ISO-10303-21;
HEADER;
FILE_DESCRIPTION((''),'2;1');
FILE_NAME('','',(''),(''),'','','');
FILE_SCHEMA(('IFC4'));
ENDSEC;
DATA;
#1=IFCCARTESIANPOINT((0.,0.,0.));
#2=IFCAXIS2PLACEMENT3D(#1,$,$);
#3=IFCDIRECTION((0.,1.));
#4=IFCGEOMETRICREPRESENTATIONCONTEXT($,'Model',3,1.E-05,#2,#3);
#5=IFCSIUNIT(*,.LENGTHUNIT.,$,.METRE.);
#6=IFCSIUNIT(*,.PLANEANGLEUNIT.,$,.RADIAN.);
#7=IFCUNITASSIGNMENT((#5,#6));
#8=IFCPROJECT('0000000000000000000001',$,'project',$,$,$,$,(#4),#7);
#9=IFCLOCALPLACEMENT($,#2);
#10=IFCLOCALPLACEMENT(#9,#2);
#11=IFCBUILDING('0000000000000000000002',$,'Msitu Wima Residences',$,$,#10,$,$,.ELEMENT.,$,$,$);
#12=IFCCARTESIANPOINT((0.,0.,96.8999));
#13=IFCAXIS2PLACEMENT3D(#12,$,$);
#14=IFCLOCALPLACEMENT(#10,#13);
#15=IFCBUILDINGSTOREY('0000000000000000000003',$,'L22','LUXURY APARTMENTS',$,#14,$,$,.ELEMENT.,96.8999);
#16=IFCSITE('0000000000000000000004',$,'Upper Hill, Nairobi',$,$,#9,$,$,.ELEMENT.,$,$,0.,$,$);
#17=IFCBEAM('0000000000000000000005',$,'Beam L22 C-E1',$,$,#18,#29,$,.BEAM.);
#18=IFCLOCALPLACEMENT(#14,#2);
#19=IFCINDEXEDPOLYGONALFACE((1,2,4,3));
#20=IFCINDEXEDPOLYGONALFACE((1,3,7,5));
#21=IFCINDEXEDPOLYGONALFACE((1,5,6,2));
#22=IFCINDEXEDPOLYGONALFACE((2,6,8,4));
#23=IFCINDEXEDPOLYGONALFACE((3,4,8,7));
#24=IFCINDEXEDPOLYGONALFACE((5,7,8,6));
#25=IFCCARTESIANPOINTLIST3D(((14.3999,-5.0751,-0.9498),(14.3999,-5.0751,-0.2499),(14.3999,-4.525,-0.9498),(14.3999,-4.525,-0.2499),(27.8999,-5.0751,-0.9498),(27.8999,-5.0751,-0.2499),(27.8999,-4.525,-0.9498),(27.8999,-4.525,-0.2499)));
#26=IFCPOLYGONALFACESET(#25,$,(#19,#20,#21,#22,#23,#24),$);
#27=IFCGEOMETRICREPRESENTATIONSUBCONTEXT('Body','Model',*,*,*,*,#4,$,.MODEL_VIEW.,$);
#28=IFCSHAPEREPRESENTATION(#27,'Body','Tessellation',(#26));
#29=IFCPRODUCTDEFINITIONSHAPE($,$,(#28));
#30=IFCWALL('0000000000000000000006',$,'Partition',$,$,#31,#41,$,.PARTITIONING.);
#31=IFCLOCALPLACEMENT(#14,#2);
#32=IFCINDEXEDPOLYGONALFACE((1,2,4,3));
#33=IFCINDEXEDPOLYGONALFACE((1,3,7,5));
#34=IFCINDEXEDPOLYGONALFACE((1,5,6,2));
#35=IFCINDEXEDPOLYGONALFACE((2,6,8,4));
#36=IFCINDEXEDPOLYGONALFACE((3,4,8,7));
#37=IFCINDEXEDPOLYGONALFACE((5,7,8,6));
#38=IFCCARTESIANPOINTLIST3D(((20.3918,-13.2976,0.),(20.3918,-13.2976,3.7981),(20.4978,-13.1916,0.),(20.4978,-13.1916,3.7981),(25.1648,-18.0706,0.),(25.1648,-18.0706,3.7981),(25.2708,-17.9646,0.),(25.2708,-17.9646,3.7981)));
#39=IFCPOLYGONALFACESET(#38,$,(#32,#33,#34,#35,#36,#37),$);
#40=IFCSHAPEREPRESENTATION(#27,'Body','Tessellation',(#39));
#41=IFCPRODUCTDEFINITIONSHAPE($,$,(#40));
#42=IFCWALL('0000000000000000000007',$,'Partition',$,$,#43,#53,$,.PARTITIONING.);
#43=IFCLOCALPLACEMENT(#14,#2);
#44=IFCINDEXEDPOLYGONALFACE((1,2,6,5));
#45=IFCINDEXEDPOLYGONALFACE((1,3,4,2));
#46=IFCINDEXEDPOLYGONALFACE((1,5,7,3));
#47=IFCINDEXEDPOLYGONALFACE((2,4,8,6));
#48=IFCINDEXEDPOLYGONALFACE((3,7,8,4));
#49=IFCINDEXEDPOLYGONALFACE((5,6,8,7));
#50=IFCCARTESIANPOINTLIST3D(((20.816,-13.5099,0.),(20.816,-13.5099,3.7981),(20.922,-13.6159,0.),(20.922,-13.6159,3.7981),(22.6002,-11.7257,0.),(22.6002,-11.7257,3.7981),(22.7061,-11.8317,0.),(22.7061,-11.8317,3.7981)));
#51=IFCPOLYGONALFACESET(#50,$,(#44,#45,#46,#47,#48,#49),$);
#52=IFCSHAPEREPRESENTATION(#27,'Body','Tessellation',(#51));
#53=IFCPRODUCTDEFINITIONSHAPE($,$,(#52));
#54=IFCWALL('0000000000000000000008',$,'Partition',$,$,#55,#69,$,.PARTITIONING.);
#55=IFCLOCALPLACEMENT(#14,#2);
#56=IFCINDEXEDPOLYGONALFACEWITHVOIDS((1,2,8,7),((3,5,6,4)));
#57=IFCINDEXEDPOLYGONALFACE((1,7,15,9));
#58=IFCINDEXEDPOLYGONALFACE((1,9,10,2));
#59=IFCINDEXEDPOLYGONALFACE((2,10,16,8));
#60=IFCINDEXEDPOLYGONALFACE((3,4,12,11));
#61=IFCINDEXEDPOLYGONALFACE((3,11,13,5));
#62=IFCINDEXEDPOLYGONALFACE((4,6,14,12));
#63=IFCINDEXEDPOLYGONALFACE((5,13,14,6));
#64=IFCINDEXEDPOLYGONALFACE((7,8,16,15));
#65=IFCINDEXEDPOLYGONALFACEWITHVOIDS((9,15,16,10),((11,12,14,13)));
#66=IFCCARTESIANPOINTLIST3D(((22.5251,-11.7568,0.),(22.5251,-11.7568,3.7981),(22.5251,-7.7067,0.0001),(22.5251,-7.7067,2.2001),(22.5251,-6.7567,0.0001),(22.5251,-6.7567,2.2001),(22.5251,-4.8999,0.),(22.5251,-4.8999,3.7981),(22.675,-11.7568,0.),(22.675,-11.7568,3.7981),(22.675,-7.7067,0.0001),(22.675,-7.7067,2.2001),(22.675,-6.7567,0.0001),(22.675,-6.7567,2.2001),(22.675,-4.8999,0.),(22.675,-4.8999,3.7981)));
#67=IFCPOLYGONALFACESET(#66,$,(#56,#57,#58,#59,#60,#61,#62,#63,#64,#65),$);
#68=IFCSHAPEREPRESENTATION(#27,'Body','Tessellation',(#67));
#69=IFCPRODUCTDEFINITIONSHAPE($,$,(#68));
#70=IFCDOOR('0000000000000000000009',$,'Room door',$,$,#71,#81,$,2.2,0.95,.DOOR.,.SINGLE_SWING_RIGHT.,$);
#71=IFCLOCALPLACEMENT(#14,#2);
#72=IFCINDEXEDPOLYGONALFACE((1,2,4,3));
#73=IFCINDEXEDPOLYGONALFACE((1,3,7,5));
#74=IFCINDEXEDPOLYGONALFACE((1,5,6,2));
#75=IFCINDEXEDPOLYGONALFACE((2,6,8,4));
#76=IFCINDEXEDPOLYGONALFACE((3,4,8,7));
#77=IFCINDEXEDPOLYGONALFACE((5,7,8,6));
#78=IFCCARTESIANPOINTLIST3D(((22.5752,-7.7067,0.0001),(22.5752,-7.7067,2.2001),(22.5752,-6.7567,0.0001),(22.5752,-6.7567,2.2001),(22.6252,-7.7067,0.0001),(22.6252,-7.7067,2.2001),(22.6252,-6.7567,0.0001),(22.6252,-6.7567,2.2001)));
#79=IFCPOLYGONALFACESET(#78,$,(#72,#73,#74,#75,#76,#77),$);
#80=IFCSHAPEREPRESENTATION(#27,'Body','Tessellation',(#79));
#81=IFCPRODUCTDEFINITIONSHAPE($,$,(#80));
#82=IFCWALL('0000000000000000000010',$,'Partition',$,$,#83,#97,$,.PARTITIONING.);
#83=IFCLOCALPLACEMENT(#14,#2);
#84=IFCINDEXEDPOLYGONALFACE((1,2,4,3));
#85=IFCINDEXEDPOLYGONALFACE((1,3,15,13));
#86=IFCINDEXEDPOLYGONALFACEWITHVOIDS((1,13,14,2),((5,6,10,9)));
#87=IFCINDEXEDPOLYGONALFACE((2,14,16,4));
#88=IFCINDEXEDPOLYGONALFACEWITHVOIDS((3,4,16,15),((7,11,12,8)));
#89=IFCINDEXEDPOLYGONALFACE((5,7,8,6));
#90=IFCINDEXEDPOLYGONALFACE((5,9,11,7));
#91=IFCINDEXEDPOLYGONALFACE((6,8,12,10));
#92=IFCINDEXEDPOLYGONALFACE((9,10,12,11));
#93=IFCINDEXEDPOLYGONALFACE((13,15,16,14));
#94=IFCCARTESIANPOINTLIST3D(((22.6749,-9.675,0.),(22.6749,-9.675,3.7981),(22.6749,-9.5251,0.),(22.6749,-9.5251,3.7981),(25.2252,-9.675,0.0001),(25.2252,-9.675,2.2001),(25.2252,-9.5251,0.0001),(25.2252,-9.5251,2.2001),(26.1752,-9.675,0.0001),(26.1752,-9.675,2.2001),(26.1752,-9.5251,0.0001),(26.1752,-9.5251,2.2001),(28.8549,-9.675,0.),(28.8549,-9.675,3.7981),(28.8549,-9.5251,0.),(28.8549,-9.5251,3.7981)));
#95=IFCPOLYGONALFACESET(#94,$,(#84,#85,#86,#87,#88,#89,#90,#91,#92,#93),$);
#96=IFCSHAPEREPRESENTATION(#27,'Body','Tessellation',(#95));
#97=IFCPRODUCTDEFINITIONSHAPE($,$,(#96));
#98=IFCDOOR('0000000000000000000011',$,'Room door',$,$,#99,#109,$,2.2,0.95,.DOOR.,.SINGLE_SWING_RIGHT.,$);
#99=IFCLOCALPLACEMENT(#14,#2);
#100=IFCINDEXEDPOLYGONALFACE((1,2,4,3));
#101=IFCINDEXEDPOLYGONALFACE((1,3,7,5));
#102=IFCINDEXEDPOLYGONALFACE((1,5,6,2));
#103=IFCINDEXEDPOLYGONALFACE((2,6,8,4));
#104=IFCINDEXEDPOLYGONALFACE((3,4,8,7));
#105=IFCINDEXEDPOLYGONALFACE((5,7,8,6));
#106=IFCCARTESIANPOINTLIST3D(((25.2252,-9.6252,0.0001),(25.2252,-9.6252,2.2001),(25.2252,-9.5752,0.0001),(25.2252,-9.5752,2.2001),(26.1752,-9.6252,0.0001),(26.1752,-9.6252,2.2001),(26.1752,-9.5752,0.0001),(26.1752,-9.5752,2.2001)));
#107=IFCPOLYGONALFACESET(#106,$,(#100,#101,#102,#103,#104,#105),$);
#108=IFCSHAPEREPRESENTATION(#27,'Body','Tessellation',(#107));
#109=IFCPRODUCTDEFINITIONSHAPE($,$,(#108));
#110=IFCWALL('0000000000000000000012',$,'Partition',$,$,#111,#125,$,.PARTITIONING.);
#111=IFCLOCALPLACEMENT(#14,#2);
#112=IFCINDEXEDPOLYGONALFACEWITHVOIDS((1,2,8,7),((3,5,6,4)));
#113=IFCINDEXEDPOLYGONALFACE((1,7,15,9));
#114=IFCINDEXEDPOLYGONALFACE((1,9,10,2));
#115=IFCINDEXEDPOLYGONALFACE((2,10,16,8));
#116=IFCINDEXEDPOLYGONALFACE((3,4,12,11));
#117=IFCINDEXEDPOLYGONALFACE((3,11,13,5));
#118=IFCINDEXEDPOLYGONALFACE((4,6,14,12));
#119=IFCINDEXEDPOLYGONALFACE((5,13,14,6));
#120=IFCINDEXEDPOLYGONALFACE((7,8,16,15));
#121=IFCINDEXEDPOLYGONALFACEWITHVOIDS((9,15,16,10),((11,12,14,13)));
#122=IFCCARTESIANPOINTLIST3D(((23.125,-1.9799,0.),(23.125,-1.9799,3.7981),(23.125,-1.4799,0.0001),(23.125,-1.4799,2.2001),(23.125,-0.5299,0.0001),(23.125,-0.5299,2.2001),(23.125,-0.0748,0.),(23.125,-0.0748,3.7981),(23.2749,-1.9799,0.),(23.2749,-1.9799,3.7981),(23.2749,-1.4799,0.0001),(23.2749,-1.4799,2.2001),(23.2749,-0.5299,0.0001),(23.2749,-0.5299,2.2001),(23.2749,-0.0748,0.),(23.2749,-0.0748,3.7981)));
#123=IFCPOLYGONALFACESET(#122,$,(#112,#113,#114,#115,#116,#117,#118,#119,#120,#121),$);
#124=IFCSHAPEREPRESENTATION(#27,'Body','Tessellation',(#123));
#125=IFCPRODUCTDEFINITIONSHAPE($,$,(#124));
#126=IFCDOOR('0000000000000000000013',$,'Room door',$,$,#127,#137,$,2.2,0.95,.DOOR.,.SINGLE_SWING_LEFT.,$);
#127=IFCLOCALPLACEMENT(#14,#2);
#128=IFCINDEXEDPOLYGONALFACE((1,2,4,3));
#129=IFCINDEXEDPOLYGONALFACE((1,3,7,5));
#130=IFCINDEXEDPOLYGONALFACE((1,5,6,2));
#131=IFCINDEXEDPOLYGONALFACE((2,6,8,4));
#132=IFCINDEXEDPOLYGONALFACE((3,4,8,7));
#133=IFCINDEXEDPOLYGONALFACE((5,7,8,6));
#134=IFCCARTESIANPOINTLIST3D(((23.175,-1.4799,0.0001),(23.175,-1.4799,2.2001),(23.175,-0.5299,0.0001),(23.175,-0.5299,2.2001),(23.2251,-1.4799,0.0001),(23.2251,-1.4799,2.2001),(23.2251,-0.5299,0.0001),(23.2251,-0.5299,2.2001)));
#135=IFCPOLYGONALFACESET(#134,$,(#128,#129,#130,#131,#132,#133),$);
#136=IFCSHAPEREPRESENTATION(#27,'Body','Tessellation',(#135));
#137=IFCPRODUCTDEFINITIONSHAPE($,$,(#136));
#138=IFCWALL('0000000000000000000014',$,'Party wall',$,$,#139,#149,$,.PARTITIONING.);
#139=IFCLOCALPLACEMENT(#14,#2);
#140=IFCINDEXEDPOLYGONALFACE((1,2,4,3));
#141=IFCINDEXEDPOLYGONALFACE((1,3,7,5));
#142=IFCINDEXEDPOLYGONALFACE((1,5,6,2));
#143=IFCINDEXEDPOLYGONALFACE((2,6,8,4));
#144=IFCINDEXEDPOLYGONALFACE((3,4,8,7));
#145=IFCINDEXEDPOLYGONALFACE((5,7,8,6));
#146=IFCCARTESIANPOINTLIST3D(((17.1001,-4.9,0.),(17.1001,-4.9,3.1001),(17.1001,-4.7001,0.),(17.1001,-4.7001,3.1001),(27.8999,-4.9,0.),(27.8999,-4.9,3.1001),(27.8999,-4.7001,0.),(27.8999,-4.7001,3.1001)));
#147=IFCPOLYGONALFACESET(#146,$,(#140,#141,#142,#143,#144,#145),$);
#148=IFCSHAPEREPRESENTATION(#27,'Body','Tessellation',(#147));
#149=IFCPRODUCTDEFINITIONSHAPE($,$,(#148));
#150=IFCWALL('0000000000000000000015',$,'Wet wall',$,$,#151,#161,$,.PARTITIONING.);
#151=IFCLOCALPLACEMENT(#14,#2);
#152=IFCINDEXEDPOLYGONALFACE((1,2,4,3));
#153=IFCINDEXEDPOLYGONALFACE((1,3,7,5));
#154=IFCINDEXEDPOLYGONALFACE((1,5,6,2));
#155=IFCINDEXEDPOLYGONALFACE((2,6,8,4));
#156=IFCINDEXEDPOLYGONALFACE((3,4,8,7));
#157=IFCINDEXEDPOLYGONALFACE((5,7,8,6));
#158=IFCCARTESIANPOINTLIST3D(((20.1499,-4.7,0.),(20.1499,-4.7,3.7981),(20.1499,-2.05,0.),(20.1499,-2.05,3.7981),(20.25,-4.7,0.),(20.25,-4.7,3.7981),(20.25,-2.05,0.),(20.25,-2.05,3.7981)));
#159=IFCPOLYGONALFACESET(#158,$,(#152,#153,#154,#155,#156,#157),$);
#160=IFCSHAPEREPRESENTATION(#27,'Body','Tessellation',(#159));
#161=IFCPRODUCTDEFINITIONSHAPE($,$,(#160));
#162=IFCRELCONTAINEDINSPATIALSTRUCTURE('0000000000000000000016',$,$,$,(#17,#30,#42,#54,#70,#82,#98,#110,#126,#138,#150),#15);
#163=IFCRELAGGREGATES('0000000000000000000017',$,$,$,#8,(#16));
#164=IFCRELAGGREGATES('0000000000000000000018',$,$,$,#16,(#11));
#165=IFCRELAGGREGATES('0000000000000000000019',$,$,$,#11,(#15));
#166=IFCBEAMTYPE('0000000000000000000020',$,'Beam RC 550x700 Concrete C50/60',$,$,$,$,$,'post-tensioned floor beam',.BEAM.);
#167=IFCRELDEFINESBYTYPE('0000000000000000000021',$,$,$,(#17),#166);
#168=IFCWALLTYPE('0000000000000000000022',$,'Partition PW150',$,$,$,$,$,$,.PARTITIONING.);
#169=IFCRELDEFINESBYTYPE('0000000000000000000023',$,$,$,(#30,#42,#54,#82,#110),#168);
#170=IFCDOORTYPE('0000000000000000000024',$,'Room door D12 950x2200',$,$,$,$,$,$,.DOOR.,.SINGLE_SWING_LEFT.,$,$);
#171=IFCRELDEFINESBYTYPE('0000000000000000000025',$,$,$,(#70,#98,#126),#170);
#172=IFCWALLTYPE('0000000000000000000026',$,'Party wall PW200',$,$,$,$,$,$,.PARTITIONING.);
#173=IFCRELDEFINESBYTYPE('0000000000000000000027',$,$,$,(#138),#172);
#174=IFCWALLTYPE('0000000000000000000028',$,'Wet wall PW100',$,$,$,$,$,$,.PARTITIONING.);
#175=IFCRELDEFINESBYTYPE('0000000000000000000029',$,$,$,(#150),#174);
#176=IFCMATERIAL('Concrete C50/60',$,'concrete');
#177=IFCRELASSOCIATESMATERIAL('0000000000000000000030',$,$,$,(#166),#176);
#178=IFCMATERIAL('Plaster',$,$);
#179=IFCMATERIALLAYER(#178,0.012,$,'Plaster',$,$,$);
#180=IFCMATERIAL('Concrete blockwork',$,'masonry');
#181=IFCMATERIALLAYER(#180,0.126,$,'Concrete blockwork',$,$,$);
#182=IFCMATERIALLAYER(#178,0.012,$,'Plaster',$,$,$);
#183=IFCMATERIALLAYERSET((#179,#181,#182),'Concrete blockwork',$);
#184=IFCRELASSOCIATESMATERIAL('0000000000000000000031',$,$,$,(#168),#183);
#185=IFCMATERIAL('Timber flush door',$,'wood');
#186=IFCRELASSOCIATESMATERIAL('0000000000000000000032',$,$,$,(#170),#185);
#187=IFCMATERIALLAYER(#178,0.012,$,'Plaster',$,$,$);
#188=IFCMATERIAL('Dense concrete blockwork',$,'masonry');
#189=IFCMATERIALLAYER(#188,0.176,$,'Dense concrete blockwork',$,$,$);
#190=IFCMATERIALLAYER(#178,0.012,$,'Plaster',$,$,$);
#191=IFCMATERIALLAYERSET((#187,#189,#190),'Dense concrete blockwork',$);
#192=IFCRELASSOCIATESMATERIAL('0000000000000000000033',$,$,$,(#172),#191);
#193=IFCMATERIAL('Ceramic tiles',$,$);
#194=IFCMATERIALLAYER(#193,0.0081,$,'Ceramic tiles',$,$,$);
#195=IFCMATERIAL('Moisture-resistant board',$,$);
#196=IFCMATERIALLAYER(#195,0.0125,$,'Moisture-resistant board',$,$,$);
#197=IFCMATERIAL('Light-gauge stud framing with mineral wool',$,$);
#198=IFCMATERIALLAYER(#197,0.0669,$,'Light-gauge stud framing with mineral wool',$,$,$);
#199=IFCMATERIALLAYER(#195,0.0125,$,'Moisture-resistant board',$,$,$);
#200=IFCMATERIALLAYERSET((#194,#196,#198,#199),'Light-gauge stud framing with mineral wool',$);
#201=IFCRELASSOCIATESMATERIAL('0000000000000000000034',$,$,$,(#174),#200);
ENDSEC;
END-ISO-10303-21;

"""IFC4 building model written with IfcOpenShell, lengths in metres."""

from ifc_helpers import new_model, si_unit, direction, frame, frame_2d, origin, origin_2d, place, context, subcontext, project, spatial, rectangle, extrude, material, layer, layer_set, material_profile, profile_set, type_object, element, fill, save


model = new_model("IFC4")

# Units and contexts
model_context = context("Model", 3, precision=1e-05, world=origin(), true_north=direction((0.0, 1.0)))
body_context = subcontext(model_context, "Body", "Model", "MODEL_VIEW")
ifc_project = project(units=[si_unit("LENGTHUNIT", "METRE"), si_unit("PLANEANGLEUNIT", "RADIAN")], contexts=[model_context])

# Site, building, storey
site_placement = place(None, origin())
site = spatial("IfcSite", under=ifc_project, at=site_placement, Name="Upper Hill, Nairobi", CompositionType="ELEMENT", RefElevation=0.0)
building_placement = place(site_placement, origin())
building = spatial("IfcBuilding", under=site, at=building_placement, Name="Msitu Wima Residences", CompositionType="ELEMENT")
storey_placement = place(building_placement, frame((0.0, 0.0, 96.8999)))
storey = spatial("IfcBuildingStorey", under=building, at=storey_placement, Name="L22", Description="LUXURY APARTMENTS", CompositionType="ELEMENT", Elevation=96.8999)

# Beam
ifc_material_1 = material(Name="Concrete C50/60", Category="concrete")
ifc_material_profile = material_profile(ifc_material_1, rectangle(XDim=0.55, YDim=0.7, at=origin_2d()), Name="RC 550x700")
ifc_profile_set = profile_set([ifc_material_profile], Name="Concrete C50/60")
beam_type = type_object("IfcBeamType", Name="Beam RC 550x700 Concrete C50/60", ElementType="post-tensioned floor beam", PredefinedType="BEAM", material=ifc_profile_set)
beam_placement = place(storey_placement, frame((27.8999, -4.8, -0.5999), z_axis=(-1.0, 0.0, 0.0), x_axis=(0.0, -1.0, 0.0)))
element("IfcBeam", 1, at=beam_placement, inside=storey, type_object=beam_type, Name="Beam L22 C-E1", PredefinedType="BEAM", context=body_context, shape_type="SweptSolid", body=[
    extrude(rectangle(XDim=0.55, YDim=0.7, at=origin_2d()), origin(), (0.0, 0.0, 1.0), 13.5),
])

# Walls
ifc_material_2 = material(Name="Plaster")
ifc_layer_1 = layer(ifc_material_2, 0.012, Name="Plaster")
ifc_material_3 = material(Name="Concrete blockwork", Category="masonry")
ifc_layer_2 = layer(ifc_material_3, 0.126, Name="Concrete blockwork")
ifc_layer_3 = layer(ifc_material_2, 0.012, Name="Plaster")
ifc_layer_set_1 = layer_set([ifc_layer_1, ifc_layer_2, ifc_layer_3], Name="Concrete blockwork")
wall_type_1 = type_object("IfcWallType", Name="Partition PW150", PredefinedType="PARTITIONING", material=ifc_layer_set_1)
wall_1_placement = place(storey_placement, frame((20.4448, -13.2446, 0.0), z_axis=(0.0, 0.0, 1.0), x_axis=(0.707107, -0.707107, 0.0)))
element("IfcWall", 2, at=wall_1_placement, inside=storey, type_object=wall_type_1, Name="Partition", PredefinedType="PARTITIONING", context=body_context, shape_type="SweptSolid", body=[
    extrude(rectangle(XDim=6.75, YDim=0.1499, at=frame_2d((3.375, 0.0))), origin(), (0.0, 0.0, 1.0), 3.7981),
])
wall_2_placement = place(storey_placement, frame((20.8689, -13.563, 0.0), z_axis=(0.0, 0.0, 1.0), x_axis=(0.707107, 0.707107, 0.0)))
element("IfcWall", 3, at=wall_2_placement, inside=storey, type_object=wall_type_1, Name="Partition", PredefinedType="PARTITIONING", context=body_context, shape_type="SweptSolid", body=[
    extrude(rectangle(XDim=2.5232, YDim=0.1499, at=frame_2d((1.2617, 0.0))), origin(), (0.0, 0.0, 1.0), 3.7981),
])

# Walls, openings, doors
wall_3_placement = place(storey_placement, frame((22.6001, -11.7568, 0.0), z_axis=(0.0, 0.0, 1.0), x_axis=(0.0, 1.0, 0.0)))
wall_3 = element("IfcWall", 4, at=wall_3_placement, inside=storey, type_object=wall_type_1, Name="Partition", PredefinedType="PARTITIONING", context=body_context, shape_type="SweptSolid", body=[
    extrude(rectangle(XDim=6.8569, YDim=0.1499, at=frame_2d((3.4285, 0.0))), origin(), (0.0, 0.0, 1.0), 3.7981),
])
opening_1_placement = place(wall_3_placement, frame((4.05, 0.0, 0.0)))
opening_1 = element("IfcOpeningElement", 5, at=opening_1_placement, cuts=wall_3, PredefinedType="OPENING", context=body_context, shape_type="SweptSolid", body=[
    extrude(rectangle(XDim=0.95, YDim=2.2, at=frame_2d((0.4751, 1.1001))), frame((0.0, 0.085, 0.0), z_axis=(0.0, -1.0, 0.0), x_axis=(1.0, 0.0, 0.0)), (0.0, 0.0, 1.0), 0.1699),
])
ifc_material_4 = material(Name="Timber flush door", Category="wood")
door_type_1 = type_object("IfcDoorType", Name="Room door D12 950x2200", OperationType="SINGLE_SWING_LEFT", PredefinedType="DOOR", material=ifc_material_4)
door_1_placement = place(opening_1_placement, origin())
door_1 = element("IfcDoor", 6, at=door_1_placement, inside=storey, type_object=door_type_1, Name="Room door", OperationType="SINGLE_SWING_RIGHT", OverallHeight=2.2, OverallWidth=0.95, PredefinedType="DOOR", context=body_context, shape_type="SweptSolid", body=[
    extrude(rectangle(XDim=0.95, YDim=2.2, at=frame_2d((0.4751, 1.1001))), frame((0.0, 0.0249, 0.0), z_axis=(0.0, -1.0, 0.0), x_axis=(1.0, 0.0, 0.0)), (0.0, 0.0, 1.0), 0.05),
])
fill(opening_1, door_1)
wall_4_placement = place(storey_placement, frame((22.675, -9.6001, 0.0), z_axis=(0.0, 0.0, 1.0), x_axis=(1.0, 0.0, 0.0)))
wall_4 = element("IfcWall", 7, at=wall_4_placement, inside=storey, type_object=wall_type_1, Name="Partition", PredefinedType="PARTITIONING", context=body_context, shape_type="SweptSolid", body=[
    extrude(rectangle(XDim=6.1799, YDim=0.1499, at=frame_2d((3.0898, 0.0))), origin(), (0.0, 0.0, 1.0), 3.7981),
])
opening_2_placement = place(wall_4_placement, frame((2.55, 0.0, 0.0)))
opening_2 = element("IfcOpeningElement", 8, at=opening_2_placement, cuts=wall_4, PredefinedType="OPENING", context=body_context, shape_type="SweptSolid", body=[
    extrude(rectangle(XDim=0.95, YDim=2.2, at=frame_2d((0.4751, 1.1001))), frame((0.0, 0.085, 0.0), z_axis=(0.0, -1.0, 0.0), x_axis=(1.0, 0.0, 0.0)), (0.0, 0.0, 1.0), 0.1699),
])
door_2_placement = place(opening_2_placement, origin())
door_2 = element("IfcDoor", 9, at=door_2_placement, inside=storey, type_object=door_type_1, Name="Room door", OperationType="SINGLE_SWING_RIGHT", OverallHeight=2.2, OverallWidth=0.95, PredefinedType="DOOR", context=body_context, shape_type="SweptSolid", body=[
    extrude(rectangle(XDim=0.95, YDim=2.2, at=frame_2d((0.4751, 1.1001))), frame((0.0, 0.0249, 0.0), z_axis=(0.0, -1.0, 0.0), x_axis=(1.0, 0.0, 0.0)), (0.0, 0.0, 1.0), 0.05),
])
fill(opening_2, door_2)
wall_5_placement = place(storey_placement, frame((23.2, -1.98, 0.0), z_axis=(0.0, 0.0, 1.0), x_axis=(0.0, 1.0, 0.0)))
wall_5 = element("IfcWall", 10, at=wall_5_placement, inside=storey, type_object=wall_type_1, Name="Partition", PredefinedType="PARTITIONING", context=body_context, shape_type="SweptSolid", body=[
    extrude(rectangle(XDim=1.905, YDim=0.1499, at=frame_2d((0.9526, 0.0))), origin(), (0.0, 0.0, 1.0), 3.7981),
])
opening_3_placement = place(wall_5_placement, frame((0.5, 0.0, 0.0)))
opening_3 = element("IfcOpeningElement", 11, at=opening_3_placement, cuts=wall_5, PredefinedType="OPENING", context=body_context, shape_type="SweptSolid", body=[
    extrude(rectangle(XDim=0.95, YDim=2.2, at=frame_2d((0.4751, 1.1001))), frame((0.0, 0.085, 0.0), z_axis=(0.0, -1.0, 0.0), x_axis=(1.0, 0.0, 0.0)), (0.0, 0.0, 1.0), 0.1699),
])
door_3_placement = place(opening_3_placement, origin())
door_3 = element("IfcDoor", 12, at=door_3_placement, inside=storey, type_object=door_type_1, Name="Room door", OperationType="SINGLE_SWING_LEFT", OverallHeight=2.2, OverallWidth=0.95, PredefinedType="DOOR", context=body_context, shape_type="SweptSolid", body=[
    extrude(rectangle(XDim=0.95, YDim=2.2, at=frame_2d((0.4751, 1.1001))), frame((0.0, 0.0249, 0.0), z_axis=(0.0, -1.0, 0.0), x_axis=(1.0, 0.0, 0.0)), (0.0, 0.0, 1.0), 0.05),
])
fill(opening_3, door_3)

# Walls
ifc_layer_4 = layer(ifc_material_2, 0.012, Name="Plaster")
ifc_material_5 = material(Name="Dense concrete blockwork", Category="masonry")
ifc_layer_5 = layer(ifc_material_5, 0.176, Name="Dense concrete blockwork")
ifc_layer_6 = layer(ifc_material_2, 0.012, Name="Plaster")
ifc_layer_set_2 = layer_set([ifc_layer_4, ifc_layer_5, ifc_layer_6], Name="Dense concrete blockwork")
wall_type_2 = type_object("IfcWallType", Name="Party wall PW200", PredefinedType="PARTITIONING", material=ifc_layer_set_2)
wall_6_placement = place(storey_placement, frame((17.1001, -4.8, 0.0), z_axis=(0.0, 0.0, 1.0), x_axis=(1.0, 0.0, 0.0)))
element("IfcWall", 13, at=wall_6_placement, inside=storey, type_object=wall_type_2, Name="Party wall", PredefinedType="PARTITIONING", context=body_context, shape_type="SweptSolid", body=[
    extrude(rectangle(XDim=10.7998, YDim=0.2, at=frame_2d((5.3999, 0.0))), origin(), (0.0, 0.0, 1.0), 3.1001),
])
ifc_material_6 = material(Name="Ceramic tiles")
ifc_layer_7 = layer(ifc_material_6, 0.0081, Name="Ceramic tiles")
ifc_material_7 = material(Name="Moisture-resistant board")
ifc_layer_8 = layer(ifc_material_7, 0.0125, Name="Moisture-resistant board")
ifc_material_8 = material(Name="Light-gauge stud framing with mineral wool")
ifc_layer_9 = layer(ifc_material_8, 0.0669, Name="Light-gauge stud framing with mineral wool")
ifc_layer_10 = layer(ifc_material_7, 0.0125, Name="Moisture-resistant board")
ifc_layer_set_3 = layer_set([ifc_layer_7, ifc_layer_8, ifc_layer_9, ifc_layer_10], Name="Light-gauge stud framing with mineral wool")
wall_type_3 = type_object("IfcWallType", Name="Wet wall PW100", PredefinedType="PARTITIONING", material=ifc_layer_set_3)
wall_7_placement = place(storey_placement, frame((20.2, -4.7, 0.0), z_axis=(0.0, 0.0, 1.0), x_axis=(0.0, 1.0, 0.0)))
element("IfcWall", 14, at=wall_7_placement, inside=storey, type_object=wall_type_3, Name="Wet wall", PredefinedType="PARTITIONING", context=body_context, shape_type="SweptSolid", body=[
    extrude(rectangle(XDim=2.6499, YDim=0.1001, at=frame_2d((1.325, 0.0))), origin(), (0.0, 0.0, 1.0), 3.7981),
])

save(model, "model.ifc")
